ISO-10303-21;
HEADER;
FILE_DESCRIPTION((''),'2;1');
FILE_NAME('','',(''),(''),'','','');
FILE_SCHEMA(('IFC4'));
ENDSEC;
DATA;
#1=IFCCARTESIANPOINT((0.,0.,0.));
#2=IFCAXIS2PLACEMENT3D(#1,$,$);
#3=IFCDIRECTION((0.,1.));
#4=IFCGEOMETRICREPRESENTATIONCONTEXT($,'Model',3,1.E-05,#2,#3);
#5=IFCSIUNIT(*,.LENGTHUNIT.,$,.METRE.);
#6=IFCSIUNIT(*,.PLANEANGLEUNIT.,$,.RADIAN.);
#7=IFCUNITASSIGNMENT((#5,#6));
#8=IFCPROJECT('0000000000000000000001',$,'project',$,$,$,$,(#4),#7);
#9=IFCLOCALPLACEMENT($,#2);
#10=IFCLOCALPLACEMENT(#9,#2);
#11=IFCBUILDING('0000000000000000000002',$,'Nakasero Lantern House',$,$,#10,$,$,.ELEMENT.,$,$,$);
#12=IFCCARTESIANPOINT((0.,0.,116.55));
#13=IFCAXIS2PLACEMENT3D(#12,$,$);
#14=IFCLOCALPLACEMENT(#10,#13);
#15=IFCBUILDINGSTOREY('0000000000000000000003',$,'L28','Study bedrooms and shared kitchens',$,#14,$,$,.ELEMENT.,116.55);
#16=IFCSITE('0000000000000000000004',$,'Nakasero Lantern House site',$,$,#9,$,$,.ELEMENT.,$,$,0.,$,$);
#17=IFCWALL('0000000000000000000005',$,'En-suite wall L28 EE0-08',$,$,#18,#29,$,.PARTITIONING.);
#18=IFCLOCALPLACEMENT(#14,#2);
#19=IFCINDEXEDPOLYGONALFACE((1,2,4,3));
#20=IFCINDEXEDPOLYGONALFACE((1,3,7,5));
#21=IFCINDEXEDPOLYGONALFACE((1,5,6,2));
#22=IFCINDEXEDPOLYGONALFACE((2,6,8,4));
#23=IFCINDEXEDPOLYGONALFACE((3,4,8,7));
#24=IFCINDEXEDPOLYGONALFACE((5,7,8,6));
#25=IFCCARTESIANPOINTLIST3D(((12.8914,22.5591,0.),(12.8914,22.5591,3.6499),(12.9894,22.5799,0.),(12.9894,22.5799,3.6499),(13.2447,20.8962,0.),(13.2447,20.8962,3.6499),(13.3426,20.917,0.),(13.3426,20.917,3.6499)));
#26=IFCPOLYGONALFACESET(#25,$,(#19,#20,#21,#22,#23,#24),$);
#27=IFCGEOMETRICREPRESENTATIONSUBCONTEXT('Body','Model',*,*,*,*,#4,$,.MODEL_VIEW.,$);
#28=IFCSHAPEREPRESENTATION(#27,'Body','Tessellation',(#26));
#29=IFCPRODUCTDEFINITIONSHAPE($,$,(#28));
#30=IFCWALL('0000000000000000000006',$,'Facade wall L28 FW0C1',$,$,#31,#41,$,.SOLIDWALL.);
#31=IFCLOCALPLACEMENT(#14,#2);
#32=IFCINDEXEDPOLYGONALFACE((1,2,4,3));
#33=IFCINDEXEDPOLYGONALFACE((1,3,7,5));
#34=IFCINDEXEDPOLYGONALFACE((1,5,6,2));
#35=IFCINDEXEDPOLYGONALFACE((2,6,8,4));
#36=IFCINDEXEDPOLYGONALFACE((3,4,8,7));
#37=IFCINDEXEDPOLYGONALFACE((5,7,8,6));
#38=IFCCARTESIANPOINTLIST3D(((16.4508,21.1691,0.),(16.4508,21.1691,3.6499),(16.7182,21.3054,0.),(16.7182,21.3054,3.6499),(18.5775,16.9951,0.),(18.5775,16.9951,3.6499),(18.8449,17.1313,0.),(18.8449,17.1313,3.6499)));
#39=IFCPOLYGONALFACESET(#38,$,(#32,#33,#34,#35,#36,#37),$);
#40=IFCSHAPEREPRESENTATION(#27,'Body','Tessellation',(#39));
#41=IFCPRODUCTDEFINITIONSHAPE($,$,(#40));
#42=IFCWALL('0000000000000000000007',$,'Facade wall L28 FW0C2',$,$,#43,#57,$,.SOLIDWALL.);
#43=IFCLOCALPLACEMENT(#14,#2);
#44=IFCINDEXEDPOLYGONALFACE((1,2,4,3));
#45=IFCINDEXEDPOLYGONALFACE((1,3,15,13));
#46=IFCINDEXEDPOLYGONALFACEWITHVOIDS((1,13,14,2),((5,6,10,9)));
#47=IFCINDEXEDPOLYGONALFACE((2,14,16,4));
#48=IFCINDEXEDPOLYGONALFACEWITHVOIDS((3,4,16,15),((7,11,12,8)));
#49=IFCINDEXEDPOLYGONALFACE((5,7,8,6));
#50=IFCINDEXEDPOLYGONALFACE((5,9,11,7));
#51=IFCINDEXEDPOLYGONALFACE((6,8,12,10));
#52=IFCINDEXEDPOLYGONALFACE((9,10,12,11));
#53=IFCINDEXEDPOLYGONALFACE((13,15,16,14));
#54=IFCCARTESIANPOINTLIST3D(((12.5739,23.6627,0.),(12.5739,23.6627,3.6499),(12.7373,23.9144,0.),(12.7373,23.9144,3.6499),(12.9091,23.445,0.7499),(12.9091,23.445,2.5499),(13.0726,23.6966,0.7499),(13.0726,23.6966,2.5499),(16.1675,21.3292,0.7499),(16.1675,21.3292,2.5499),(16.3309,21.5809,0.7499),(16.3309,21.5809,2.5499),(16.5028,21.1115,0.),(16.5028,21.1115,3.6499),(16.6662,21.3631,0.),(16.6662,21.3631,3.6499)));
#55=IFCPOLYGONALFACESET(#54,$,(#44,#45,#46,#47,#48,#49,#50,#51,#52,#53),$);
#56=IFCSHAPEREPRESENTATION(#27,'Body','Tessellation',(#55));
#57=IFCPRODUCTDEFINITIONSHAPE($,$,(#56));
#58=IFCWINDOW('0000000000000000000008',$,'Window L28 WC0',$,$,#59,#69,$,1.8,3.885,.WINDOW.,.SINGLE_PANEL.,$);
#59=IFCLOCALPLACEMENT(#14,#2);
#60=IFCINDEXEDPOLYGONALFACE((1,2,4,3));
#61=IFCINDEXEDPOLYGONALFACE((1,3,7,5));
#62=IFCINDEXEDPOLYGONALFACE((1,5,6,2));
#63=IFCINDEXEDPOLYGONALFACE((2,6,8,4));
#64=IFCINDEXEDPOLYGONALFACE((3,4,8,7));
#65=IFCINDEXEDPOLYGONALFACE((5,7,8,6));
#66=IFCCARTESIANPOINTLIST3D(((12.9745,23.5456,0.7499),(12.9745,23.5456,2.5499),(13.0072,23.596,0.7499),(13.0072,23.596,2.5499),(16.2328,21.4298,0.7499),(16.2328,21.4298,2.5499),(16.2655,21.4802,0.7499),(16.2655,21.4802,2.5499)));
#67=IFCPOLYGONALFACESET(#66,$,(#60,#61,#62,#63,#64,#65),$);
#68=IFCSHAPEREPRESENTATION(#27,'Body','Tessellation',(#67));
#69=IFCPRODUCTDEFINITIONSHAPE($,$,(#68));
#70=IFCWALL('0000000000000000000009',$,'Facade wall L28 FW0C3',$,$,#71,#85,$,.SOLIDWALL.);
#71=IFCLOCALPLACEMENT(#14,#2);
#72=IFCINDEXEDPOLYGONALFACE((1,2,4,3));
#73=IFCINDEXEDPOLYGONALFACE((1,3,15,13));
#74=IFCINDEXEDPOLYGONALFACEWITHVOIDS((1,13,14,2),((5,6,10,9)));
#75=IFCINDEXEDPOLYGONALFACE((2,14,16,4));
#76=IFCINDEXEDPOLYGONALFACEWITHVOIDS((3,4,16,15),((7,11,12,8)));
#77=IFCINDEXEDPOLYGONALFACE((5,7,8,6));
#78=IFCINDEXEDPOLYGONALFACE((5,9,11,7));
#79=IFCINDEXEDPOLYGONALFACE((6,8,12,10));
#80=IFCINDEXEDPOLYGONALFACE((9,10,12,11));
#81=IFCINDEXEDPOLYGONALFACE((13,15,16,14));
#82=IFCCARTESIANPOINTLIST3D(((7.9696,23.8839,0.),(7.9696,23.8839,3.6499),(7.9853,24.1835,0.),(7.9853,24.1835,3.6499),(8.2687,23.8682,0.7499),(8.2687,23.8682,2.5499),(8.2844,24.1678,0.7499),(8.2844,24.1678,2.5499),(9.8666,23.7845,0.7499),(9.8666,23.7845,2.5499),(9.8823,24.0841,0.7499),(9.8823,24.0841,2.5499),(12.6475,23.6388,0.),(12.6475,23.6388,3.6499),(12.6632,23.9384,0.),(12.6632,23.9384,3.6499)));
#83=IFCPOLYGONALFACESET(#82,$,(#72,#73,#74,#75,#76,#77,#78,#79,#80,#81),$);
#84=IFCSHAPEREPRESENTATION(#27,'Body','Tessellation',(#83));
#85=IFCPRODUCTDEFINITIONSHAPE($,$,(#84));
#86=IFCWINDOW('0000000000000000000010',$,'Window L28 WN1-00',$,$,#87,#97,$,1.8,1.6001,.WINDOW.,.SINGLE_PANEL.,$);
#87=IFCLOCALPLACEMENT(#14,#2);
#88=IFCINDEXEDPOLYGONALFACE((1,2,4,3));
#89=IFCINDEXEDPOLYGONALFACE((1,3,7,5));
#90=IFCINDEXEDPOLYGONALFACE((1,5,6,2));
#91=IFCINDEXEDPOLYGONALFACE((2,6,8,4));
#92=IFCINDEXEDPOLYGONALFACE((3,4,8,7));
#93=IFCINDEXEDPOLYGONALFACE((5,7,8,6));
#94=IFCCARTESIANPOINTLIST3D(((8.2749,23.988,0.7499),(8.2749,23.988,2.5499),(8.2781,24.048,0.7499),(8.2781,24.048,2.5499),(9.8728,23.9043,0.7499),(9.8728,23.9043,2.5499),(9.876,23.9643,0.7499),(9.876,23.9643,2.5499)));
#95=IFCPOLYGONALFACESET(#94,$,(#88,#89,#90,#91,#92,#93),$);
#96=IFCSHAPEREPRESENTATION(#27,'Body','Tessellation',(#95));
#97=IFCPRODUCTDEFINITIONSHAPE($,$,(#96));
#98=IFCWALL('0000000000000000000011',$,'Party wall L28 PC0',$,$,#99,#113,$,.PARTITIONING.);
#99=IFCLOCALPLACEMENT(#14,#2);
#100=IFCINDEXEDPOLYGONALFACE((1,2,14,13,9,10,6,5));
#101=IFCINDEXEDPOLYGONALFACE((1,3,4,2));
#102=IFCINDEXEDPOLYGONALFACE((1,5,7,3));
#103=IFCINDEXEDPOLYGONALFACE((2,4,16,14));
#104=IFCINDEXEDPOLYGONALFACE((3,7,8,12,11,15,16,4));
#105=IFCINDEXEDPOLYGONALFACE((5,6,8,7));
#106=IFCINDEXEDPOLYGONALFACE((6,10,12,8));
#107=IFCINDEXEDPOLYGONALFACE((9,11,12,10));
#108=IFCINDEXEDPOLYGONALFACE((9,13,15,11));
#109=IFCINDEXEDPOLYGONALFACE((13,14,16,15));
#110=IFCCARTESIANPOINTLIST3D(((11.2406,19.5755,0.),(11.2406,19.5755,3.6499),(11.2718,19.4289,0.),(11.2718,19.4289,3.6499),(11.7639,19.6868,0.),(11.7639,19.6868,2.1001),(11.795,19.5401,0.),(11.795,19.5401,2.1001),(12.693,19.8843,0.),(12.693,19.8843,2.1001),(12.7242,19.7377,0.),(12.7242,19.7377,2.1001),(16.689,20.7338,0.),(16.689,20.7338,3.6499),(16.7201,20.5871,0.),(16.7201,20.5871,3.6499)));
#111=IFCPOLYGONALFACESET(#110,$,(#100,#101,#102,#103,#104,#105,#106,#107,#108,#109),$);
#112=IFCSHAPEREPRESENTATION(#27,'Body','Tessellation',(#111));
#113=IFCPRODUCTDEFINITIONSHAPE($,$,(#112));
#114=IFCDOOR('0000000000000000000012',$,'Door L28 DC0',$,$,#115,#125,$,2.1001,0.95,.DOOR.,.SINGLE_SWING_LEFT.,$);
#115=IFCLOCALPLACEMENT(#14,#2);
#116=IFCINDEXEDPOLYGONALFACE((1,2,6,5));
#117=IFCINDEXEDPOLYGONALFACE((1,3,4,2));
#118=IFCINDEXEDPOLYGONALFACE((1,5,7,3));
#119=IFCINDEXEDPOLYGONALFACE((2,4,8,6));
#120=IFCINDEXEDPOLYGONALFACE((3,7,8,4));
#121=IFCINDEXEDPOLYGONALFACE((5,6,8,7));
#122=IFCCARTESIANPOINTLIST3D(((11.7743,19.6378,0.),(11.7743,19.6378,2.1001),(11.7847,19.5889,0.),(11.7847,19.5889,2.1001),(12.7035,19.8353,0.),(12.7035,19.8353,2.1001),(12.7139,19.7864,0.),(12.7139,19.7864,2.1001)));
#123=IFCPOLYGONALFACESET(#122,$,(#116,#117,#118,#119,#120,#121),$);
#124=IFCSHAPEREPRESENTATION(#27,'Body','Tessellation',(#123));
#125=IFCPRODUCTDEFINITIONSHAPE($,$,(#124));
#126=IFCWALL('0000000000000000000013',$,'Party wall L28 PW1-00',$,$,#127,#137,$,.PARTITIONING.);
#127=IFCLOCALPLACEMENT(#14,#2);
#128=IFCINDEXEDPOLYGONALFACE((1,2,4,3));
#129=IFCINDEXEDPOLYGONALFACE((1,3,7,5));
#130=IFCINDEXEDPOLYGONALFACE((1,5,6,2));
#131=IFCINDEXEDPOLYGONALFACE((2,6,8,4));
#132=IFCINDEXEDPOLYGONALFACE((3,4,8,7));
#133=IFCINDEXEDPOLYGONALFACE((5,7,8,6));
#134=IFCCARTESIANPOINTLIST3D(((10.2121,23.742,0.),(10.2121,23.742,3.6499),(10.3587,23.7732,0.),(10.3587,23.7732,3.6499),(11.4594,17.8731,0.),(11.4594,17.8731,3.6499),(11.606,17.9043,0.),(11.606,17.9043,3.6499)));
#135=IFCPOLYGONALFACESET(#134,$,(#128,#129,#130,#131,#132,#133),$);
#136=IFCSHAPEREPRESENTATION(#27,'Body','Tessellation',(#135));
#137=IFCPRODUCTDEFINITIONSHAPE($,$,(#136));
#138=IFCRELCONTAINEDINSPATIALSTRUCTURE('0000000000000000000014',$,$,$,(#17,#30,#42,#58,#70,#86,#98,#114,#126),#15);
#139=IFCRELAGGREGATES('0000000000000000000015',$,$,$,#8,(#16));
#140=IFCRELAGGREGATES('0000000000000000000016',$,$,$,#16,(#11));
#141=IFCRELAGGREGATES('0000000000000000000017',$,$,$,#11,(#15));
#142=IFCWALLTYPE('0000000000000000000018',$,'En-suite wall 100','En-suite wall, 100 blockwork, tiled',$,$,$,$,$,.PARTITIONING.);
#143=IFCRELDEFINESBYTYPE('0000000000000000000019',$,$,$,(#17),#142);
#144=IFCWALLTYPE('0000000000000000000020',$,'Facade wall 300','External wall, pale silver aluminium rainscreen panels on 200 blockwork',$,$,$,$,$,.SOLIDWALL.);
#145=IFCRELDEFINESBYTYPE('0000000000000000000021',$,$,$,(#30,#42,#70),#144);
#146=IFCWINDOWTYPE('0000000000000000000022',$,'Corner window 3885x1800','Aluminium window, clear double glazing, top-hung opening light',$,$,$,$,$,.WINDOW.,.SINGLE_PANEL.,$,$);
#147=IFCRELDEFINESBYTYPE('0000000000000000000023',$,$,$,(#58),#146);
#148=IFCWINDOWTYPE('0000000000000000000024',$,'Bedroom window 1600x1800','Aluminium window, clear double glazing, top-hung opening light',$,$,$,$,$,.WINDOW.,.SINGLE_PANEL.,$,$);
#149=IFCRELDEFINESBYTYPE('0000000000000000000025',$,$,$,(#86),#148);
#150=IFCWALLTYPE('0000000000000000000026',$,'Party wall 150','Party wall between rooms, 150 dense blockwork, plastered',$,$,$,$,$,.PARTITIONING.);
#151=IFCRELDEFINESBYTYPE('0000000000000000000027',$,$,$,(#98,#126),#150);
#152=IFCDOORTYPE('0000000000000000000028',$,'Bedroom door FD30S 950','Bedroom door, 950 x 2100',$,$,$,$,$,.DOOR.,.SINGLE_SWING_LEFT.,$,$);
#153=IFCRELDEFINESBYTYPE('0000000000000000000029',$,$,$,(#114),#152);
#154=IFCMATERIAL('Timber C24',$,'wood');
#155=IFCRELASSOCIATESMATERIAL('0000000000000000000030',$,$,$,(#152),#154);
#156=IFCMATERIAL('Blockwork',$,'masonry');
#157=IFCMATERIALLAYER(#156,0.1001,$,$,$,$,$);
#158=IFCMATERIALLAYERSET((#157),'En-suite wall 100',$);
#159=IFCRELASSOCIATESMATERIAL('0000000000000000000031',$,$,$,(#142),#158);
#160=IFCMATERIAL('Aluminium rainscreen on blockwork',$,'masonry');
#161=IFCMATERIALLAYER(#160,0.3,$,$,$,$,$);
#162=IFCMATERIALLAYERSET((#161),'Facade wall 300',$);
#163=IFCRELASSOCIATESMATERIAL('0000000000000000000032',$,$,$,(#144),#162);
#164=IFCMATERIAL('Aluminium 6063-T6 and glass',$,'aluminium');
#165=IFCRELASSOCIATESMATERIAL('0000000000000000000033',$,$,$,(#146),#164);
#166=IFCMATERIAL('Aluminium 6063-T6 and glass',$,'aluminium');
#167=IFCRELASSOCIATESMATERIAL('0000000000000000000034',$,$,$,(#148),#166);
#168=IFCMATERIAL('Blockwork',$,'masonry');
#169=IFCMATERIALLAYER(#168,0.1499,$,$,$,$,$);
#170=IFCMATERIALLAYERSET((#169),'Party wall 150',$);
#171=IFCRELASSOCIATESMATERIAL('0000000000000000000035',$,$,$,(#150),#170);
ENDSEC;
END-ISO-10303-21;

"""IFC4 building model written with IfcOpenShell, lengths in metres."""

from ifc_helpers import new_model, si_unit, direction, frame, frame_2d, origin, place, context, subcontext, project, spatial, rectangle, extrude, material, layer, layer_set, type_object, element, fill, save


model = new_model("IFC4")

# Units and contexts
model_context = context("Model", 3, precision=1e-05, world=origin(), true_north=direction((0.0, 1.0)))
body_context = subcontext(model_context, "Body", "Model", "MODEL_VIEW")
ifc_project = project(units=[si_unit("LENGTHUNIT", "METRE"), si_unit("PLANEANGLEUNIT", "RADIAN")], contexts=[model_context])

# Site, building, storey
site_placement = place(None, origin())
site = spatial("IfcSite", under=ifc_project, at=site_placement, Name="Nakasero Lantern House site", CompositionType="ELEMENT", RefElevation=0.0)
building_placement = place(site_placement, origin())
building = spatial("IfcBuilding", under=site, at=building_placement, Name="Nakasero Lantern House", CompositionType="ELEMENT")
storey_placement = place(building_placement, frame((0.0, 0.0, 116.55)))
storey = spatial("IfcBuildingStorey", under=building, at=storey_placement, Name="L28", Description="Study bedrooms and shared kitchens", CompositionType="ELEMENT", Elevation=116.55)

# Shared definitions
ifc_material_1 = material(Name="Timber C24", Category="wood")
door_type_1 = type_object("IfcDoorType", Name="Bedroom door FD30S 950", Description="Bedroom door, 950 x 2100", OperationType="SINGLE_SWING_LEFT", PredefinedType="DOOR", material=ifc_material_1)

# Shared definitions
ifc_material_2 = material(Name="Blockwork", Category="masonry")
ifc_layer_1 = layer(ifc_material_2, 0.1001)
ifc_layer_set_1 = layer_set([ifc_layer_1], Name="En-suite wall 100")
wall_type_1 = type_object("IfcWallType", Name="En-suite wall 100", Description="En-suite wall, 100 blockwork, tiled", PredefinedType="PARTITIONING", material=ifc_layer_set_1)

# Walls
wall_1_placement = place(storey_placement, frame((13.2937, 20.9065, 0.0), z_axis=(0.0, 0.0, 1.0), x_axis=(-0.207812, 0.978169, 0.0)))
element("IfcWall", 1, at=wall_1_placement, inside=storey, type_object=wall_type_1, Name="En-suite wall L28 EE0-08", PredefinedType="PARTITIONING", context=body_context, shape_type="SweptSolid", body=[
    extrude(rectangle(XDim=1.7, YDim=0.1001, at=frame_2d((0.8501, 0.0))), origin(), (0.0, 0.0, 1.0), 3.6499),
])
ifc_material_3 = material(Name="Aluminium rainscreen on blockwork", Category="masonry")
ifc_layer_2 = layer(ifc_material_3, 0.3)
ifc_layer_set_2 = layer_set([ifc_layer_2], Name="Facade wall 300")
wall_type_2 = type_object("IfcWallType", Name="Facade wall 300", Description="External wall, pale silver aluminium rainscreen panels on 200 blockwork", PredefinedType="SOLIDWALL", material=ifc_layer_set_2)
wall_2_placement = place(storey_placement, frame((18.7112, 17.0632, 0.0), z_axis=(0.0, 0.0, 1.0), x_axis=(-0.453976, 0.891014, 0.0)))
element("IfcWall", 2, at=wall_2_placement, inside=storey, type_object=wall_type_2, Name="Facade wall L28 FW0C1", PredefinedType="SOLIDWALL", context=body_context, shape_type="SweptSolid", body=[
    extrude(rectangle(XDim=4.6846, YDim=0.3, at=frame_2d((2.3423, 0.0))), origin(), (0.0, 0.0, 1.0), 3.6499),
])

# Walls, openings, windows
wall_3_placement = place(storey_placement, frame((16.5845, 21.2373, 0.0), z_axis=(0.0, 0.0, 1.0), x_axis=(-0.838692, 0.544605, 0.0)))
wall_3 = element("IfcWall", 3, at=wall_3_placement, inside=storey, type_object=wall_type_2, Name="Facade wall L28 FW0C2", PredefinedType="SOLIDWALL", context=body_context, shape_type="SweptSolid", body=[
    extrude(rectangle(XDim=4.6846, YDim=0.3, at=frame_2d((2.3423, 0.0))), origin(), (0.0, 0.0, 1.0), 3.6499),
])
opening_1_placement = place(wall_3_placement, frame((0.3999, 0.0, 0.75)))
opening_1 = element("IfcOpeningElement", 4, at=opening_1_placement, cuts=wall_3, PredefinedType="OPENING", context=body_context, shape_type="SweptSolid", body=[
    extrude(rectangle(XDim=3.885, YDim=1.8, at=frame_2d((1.9424, 0.8999))), frame((0.0, 0.1699, 0.0), z_axis=(0.0, -1.0, 0.0), x_axis=(1.0, 0.0, 0.0)), (0.0, 0.0, 1.0), 0.3401),
])
ifc_material_4 = material(Name="Aluminium 6063-T6 and glass", Category="aluminium")
window_type_1 = type_object("IfcWindowType", Name="Corner window 3885x1800", Description="Aluminium window, clear double glazing, top-hung opening light", PartitioningType="SINGLE_PANEL", PredefinedType="WINDOW", material=ifc_material_4)
window_1_placement = place(opening_1_placement, origin())
window_1 = element("IfcWindow", 5, at=window_1_placement, inside=storey, type_object=window_type_1, Name="Window L28 WC0", OverallHeight=1.8, OverallWidth=3.885, PartitioningType="SINGLE_PANEL", PredefinedType="WINDOW", context=body_context, shape_type="SweptSolid", body=[
    extrude(rectangle(XDim=3.885, YDim=1.8, at=frame_2d((1.9424, 0.8999))), frame((0.0, 0.03, 0.0), z_axis=(0.0, -1.0, 0.0), x_axis=(1.0, 0.0, 0.0)), (0.0, 0.0, 1.0), 0.0601),
])
fill(opening_1, window_1)
wall_4_placement = place(storey_placement, frame((12.6555, 23.7886, 0.0), z_axis=(0.0, 0.0, 1.0), x_axis=(-0.99863, 0.052326, 0.0)))
wall_4 = element("IfcWall", 6, at=wall_4_placement, inside=storey, type_object=wall_type_2, Name="Facade wall L28 FW0C3", PredefinedType="SOLIDWALL", context=body_context, shape_type="SweptSolid", body=[
    extrude(rectangle(XDim=4.6843, YDim=0.3, at=frame_2d((2.3423, 0.0))), origin(), (0.0, 0.0, 1.0), 3.6499),
])
opening_2_placement = place(wall_4_placement, frame((2.7849, 0.0, 0.75)))
opening_2 = element("IfcOpeningElement", 7, at=opening_2_placement, cuts=wall_4, PredefinedType="OPENING", context=body_context, shape_type="SweptSolid", body=[
    extrude(rectangle(XDim=1.6001, YDim=1.8, at=frame_2d((0.8, 0.8999))), frame((0.0, 0.1699, 0.0), z_axis=(0.0, -1.0, 0.0), x_axis=(1.0, 0.0, 0.0)), (0.0, 0.0, 1.0), 0.3401),
])
ifc_material_5 = material(Name="Aluminium 6063-T6 and glass", Category="aluminium")
window_type_2 = type_object("IfcWindowType", Name="Bedroom window 1600x1800", Description="Aluminium window, clear double glazing, top-hung opening light", PartitioningType="SINGLE_PANEL", PredefinedType="WINDOW", material=ifc_material_5)
window_2_placement = place(opening_2_placement, origin())
window_2 = element("IfcWindow", 8, at=window_2_placement, inside=storey, type_object=window_type_2, Name="Window L28 WN1-00", OverallHeight=1.8, OverallWidth=1.6001, PartitioningType="SINGLE_PANEL", PredefinedType="WINDOW", context=body_context, shape_type="SweptSolid", body=[
    extrude(rectangle(XDim=1.6001, YDim=1.8, at=frame_2d((0.8, 0.8999))), frame((0.0, 0.03, 0.0), z_axis=(0.0, -1.0, 0.0), x_axis=(1.0, 0.0, 0.0)), (0.0, 0.0, 1.0), 0.0601),
])
fill(opening_2, window_2)

# Wall, opening, door
ifc_material_6 = material(Name="Blockwork", Category="masonry")
ifc_layer_3 = layer(ifc_material_6, 0.1499)
ifc_layer_set_3 = layer_set([ifc_layer_3], Name="Party wall 150")
wall_type_3 = type_object("IfcWallType", Name="Party wall 150", Description="Party wall between rooms, 150 dense blockwork, plastered", PredefinedType="PARTITIONING", material=ifc_layer_set_3)
wall_5_placement = place(storey_placement, frame((11.2561, 19.5022, 0.0), z_axis=(0.0, 0.0, 1.0), x_axis=(0.978142, 0.207936, 0.0)))
wall_5 = element("IfcWall", 9, at=wall_5_placement, inside=storey, type_object=wall_type_3, Name="Party wall L28 PC0", PredefinedType="PARTITIONING", context=body_context, shape_type="SweptSolid", body=[
    extrude(rectangle(XDim=5.5701, YDim=0.1499, at=frame_2d((2.7852, 0.0))), origin(), (0.0, 0.0, 1.0), 3.6499),
])
opening_3_placement = place(wall_5_placement, frame((0.5349, 0.0, 0.0)))
opening_3 = element("IfcOpeningElement", 10, at=opening_3_placement, cuts=wall_5, PredefinedType="OPENING", context=body_context, shape_type="SweptSolid", body=[
    extrude(rectangle(XDim=0.95, YDim=2.1001, at=frame_2d((0.4751, 1.05))), frame((0.0, 0.095, 0.0), z_axis=(0.0, -1.0, 0.0), x_axis=(1.0, 0.0, 0.0)), (0.0, 0.0, 1.0), 0.1899),
])
door_1_placement = place(opening_3_placement, origin())
door_1 = element("IfcDoor", 11, at=door_1_placement, inside=storey, type_object=door_type_1, Name="Door L28 DC0", OperationType="SINGLE_SWING_LEFT", OverallHeight=2.1001, OverallWidth=0.95, PredefinedType="DOOR", context=body_context, shape_type="SweptSolid", body=[
    extrude(rectangle(XDim=0.95, YDim=2.1001, at=frame_2d((0.4751, 1.05))), frame((0.0, 0.0249, 0.0), z_axis=(0.0, -1.0, 0.0), x_axis=(1.0, 0.0, 0.0)), (0.0, 0.0, 1.0), 0.05),
])
fill(opening_3, door_1)

# Wall
wall_6_placement = place(storey_placement, frame((11.5327, 17.8887, 0.0), z_axis=(0.0, 0.0, 1.0), x_axis=(-0.207886, 0.978153, 0.0)))
element("IfcWall", 12, at=wall_6_placement, inside=storey, type_object=wall_type_3, Name="Party wall L28 PW1-00", PredefinedType="PARTITIONING", context=body_context, shape_type="SweptSolid", body=[
    extrude(rectangle(XDim=6.0, YDim=0.1499, at=frame_2d((3.0, 0.0))), origin(), (0.0, 0.0, 1.0), 3.6499),
])

save(model, "model.ifc")
